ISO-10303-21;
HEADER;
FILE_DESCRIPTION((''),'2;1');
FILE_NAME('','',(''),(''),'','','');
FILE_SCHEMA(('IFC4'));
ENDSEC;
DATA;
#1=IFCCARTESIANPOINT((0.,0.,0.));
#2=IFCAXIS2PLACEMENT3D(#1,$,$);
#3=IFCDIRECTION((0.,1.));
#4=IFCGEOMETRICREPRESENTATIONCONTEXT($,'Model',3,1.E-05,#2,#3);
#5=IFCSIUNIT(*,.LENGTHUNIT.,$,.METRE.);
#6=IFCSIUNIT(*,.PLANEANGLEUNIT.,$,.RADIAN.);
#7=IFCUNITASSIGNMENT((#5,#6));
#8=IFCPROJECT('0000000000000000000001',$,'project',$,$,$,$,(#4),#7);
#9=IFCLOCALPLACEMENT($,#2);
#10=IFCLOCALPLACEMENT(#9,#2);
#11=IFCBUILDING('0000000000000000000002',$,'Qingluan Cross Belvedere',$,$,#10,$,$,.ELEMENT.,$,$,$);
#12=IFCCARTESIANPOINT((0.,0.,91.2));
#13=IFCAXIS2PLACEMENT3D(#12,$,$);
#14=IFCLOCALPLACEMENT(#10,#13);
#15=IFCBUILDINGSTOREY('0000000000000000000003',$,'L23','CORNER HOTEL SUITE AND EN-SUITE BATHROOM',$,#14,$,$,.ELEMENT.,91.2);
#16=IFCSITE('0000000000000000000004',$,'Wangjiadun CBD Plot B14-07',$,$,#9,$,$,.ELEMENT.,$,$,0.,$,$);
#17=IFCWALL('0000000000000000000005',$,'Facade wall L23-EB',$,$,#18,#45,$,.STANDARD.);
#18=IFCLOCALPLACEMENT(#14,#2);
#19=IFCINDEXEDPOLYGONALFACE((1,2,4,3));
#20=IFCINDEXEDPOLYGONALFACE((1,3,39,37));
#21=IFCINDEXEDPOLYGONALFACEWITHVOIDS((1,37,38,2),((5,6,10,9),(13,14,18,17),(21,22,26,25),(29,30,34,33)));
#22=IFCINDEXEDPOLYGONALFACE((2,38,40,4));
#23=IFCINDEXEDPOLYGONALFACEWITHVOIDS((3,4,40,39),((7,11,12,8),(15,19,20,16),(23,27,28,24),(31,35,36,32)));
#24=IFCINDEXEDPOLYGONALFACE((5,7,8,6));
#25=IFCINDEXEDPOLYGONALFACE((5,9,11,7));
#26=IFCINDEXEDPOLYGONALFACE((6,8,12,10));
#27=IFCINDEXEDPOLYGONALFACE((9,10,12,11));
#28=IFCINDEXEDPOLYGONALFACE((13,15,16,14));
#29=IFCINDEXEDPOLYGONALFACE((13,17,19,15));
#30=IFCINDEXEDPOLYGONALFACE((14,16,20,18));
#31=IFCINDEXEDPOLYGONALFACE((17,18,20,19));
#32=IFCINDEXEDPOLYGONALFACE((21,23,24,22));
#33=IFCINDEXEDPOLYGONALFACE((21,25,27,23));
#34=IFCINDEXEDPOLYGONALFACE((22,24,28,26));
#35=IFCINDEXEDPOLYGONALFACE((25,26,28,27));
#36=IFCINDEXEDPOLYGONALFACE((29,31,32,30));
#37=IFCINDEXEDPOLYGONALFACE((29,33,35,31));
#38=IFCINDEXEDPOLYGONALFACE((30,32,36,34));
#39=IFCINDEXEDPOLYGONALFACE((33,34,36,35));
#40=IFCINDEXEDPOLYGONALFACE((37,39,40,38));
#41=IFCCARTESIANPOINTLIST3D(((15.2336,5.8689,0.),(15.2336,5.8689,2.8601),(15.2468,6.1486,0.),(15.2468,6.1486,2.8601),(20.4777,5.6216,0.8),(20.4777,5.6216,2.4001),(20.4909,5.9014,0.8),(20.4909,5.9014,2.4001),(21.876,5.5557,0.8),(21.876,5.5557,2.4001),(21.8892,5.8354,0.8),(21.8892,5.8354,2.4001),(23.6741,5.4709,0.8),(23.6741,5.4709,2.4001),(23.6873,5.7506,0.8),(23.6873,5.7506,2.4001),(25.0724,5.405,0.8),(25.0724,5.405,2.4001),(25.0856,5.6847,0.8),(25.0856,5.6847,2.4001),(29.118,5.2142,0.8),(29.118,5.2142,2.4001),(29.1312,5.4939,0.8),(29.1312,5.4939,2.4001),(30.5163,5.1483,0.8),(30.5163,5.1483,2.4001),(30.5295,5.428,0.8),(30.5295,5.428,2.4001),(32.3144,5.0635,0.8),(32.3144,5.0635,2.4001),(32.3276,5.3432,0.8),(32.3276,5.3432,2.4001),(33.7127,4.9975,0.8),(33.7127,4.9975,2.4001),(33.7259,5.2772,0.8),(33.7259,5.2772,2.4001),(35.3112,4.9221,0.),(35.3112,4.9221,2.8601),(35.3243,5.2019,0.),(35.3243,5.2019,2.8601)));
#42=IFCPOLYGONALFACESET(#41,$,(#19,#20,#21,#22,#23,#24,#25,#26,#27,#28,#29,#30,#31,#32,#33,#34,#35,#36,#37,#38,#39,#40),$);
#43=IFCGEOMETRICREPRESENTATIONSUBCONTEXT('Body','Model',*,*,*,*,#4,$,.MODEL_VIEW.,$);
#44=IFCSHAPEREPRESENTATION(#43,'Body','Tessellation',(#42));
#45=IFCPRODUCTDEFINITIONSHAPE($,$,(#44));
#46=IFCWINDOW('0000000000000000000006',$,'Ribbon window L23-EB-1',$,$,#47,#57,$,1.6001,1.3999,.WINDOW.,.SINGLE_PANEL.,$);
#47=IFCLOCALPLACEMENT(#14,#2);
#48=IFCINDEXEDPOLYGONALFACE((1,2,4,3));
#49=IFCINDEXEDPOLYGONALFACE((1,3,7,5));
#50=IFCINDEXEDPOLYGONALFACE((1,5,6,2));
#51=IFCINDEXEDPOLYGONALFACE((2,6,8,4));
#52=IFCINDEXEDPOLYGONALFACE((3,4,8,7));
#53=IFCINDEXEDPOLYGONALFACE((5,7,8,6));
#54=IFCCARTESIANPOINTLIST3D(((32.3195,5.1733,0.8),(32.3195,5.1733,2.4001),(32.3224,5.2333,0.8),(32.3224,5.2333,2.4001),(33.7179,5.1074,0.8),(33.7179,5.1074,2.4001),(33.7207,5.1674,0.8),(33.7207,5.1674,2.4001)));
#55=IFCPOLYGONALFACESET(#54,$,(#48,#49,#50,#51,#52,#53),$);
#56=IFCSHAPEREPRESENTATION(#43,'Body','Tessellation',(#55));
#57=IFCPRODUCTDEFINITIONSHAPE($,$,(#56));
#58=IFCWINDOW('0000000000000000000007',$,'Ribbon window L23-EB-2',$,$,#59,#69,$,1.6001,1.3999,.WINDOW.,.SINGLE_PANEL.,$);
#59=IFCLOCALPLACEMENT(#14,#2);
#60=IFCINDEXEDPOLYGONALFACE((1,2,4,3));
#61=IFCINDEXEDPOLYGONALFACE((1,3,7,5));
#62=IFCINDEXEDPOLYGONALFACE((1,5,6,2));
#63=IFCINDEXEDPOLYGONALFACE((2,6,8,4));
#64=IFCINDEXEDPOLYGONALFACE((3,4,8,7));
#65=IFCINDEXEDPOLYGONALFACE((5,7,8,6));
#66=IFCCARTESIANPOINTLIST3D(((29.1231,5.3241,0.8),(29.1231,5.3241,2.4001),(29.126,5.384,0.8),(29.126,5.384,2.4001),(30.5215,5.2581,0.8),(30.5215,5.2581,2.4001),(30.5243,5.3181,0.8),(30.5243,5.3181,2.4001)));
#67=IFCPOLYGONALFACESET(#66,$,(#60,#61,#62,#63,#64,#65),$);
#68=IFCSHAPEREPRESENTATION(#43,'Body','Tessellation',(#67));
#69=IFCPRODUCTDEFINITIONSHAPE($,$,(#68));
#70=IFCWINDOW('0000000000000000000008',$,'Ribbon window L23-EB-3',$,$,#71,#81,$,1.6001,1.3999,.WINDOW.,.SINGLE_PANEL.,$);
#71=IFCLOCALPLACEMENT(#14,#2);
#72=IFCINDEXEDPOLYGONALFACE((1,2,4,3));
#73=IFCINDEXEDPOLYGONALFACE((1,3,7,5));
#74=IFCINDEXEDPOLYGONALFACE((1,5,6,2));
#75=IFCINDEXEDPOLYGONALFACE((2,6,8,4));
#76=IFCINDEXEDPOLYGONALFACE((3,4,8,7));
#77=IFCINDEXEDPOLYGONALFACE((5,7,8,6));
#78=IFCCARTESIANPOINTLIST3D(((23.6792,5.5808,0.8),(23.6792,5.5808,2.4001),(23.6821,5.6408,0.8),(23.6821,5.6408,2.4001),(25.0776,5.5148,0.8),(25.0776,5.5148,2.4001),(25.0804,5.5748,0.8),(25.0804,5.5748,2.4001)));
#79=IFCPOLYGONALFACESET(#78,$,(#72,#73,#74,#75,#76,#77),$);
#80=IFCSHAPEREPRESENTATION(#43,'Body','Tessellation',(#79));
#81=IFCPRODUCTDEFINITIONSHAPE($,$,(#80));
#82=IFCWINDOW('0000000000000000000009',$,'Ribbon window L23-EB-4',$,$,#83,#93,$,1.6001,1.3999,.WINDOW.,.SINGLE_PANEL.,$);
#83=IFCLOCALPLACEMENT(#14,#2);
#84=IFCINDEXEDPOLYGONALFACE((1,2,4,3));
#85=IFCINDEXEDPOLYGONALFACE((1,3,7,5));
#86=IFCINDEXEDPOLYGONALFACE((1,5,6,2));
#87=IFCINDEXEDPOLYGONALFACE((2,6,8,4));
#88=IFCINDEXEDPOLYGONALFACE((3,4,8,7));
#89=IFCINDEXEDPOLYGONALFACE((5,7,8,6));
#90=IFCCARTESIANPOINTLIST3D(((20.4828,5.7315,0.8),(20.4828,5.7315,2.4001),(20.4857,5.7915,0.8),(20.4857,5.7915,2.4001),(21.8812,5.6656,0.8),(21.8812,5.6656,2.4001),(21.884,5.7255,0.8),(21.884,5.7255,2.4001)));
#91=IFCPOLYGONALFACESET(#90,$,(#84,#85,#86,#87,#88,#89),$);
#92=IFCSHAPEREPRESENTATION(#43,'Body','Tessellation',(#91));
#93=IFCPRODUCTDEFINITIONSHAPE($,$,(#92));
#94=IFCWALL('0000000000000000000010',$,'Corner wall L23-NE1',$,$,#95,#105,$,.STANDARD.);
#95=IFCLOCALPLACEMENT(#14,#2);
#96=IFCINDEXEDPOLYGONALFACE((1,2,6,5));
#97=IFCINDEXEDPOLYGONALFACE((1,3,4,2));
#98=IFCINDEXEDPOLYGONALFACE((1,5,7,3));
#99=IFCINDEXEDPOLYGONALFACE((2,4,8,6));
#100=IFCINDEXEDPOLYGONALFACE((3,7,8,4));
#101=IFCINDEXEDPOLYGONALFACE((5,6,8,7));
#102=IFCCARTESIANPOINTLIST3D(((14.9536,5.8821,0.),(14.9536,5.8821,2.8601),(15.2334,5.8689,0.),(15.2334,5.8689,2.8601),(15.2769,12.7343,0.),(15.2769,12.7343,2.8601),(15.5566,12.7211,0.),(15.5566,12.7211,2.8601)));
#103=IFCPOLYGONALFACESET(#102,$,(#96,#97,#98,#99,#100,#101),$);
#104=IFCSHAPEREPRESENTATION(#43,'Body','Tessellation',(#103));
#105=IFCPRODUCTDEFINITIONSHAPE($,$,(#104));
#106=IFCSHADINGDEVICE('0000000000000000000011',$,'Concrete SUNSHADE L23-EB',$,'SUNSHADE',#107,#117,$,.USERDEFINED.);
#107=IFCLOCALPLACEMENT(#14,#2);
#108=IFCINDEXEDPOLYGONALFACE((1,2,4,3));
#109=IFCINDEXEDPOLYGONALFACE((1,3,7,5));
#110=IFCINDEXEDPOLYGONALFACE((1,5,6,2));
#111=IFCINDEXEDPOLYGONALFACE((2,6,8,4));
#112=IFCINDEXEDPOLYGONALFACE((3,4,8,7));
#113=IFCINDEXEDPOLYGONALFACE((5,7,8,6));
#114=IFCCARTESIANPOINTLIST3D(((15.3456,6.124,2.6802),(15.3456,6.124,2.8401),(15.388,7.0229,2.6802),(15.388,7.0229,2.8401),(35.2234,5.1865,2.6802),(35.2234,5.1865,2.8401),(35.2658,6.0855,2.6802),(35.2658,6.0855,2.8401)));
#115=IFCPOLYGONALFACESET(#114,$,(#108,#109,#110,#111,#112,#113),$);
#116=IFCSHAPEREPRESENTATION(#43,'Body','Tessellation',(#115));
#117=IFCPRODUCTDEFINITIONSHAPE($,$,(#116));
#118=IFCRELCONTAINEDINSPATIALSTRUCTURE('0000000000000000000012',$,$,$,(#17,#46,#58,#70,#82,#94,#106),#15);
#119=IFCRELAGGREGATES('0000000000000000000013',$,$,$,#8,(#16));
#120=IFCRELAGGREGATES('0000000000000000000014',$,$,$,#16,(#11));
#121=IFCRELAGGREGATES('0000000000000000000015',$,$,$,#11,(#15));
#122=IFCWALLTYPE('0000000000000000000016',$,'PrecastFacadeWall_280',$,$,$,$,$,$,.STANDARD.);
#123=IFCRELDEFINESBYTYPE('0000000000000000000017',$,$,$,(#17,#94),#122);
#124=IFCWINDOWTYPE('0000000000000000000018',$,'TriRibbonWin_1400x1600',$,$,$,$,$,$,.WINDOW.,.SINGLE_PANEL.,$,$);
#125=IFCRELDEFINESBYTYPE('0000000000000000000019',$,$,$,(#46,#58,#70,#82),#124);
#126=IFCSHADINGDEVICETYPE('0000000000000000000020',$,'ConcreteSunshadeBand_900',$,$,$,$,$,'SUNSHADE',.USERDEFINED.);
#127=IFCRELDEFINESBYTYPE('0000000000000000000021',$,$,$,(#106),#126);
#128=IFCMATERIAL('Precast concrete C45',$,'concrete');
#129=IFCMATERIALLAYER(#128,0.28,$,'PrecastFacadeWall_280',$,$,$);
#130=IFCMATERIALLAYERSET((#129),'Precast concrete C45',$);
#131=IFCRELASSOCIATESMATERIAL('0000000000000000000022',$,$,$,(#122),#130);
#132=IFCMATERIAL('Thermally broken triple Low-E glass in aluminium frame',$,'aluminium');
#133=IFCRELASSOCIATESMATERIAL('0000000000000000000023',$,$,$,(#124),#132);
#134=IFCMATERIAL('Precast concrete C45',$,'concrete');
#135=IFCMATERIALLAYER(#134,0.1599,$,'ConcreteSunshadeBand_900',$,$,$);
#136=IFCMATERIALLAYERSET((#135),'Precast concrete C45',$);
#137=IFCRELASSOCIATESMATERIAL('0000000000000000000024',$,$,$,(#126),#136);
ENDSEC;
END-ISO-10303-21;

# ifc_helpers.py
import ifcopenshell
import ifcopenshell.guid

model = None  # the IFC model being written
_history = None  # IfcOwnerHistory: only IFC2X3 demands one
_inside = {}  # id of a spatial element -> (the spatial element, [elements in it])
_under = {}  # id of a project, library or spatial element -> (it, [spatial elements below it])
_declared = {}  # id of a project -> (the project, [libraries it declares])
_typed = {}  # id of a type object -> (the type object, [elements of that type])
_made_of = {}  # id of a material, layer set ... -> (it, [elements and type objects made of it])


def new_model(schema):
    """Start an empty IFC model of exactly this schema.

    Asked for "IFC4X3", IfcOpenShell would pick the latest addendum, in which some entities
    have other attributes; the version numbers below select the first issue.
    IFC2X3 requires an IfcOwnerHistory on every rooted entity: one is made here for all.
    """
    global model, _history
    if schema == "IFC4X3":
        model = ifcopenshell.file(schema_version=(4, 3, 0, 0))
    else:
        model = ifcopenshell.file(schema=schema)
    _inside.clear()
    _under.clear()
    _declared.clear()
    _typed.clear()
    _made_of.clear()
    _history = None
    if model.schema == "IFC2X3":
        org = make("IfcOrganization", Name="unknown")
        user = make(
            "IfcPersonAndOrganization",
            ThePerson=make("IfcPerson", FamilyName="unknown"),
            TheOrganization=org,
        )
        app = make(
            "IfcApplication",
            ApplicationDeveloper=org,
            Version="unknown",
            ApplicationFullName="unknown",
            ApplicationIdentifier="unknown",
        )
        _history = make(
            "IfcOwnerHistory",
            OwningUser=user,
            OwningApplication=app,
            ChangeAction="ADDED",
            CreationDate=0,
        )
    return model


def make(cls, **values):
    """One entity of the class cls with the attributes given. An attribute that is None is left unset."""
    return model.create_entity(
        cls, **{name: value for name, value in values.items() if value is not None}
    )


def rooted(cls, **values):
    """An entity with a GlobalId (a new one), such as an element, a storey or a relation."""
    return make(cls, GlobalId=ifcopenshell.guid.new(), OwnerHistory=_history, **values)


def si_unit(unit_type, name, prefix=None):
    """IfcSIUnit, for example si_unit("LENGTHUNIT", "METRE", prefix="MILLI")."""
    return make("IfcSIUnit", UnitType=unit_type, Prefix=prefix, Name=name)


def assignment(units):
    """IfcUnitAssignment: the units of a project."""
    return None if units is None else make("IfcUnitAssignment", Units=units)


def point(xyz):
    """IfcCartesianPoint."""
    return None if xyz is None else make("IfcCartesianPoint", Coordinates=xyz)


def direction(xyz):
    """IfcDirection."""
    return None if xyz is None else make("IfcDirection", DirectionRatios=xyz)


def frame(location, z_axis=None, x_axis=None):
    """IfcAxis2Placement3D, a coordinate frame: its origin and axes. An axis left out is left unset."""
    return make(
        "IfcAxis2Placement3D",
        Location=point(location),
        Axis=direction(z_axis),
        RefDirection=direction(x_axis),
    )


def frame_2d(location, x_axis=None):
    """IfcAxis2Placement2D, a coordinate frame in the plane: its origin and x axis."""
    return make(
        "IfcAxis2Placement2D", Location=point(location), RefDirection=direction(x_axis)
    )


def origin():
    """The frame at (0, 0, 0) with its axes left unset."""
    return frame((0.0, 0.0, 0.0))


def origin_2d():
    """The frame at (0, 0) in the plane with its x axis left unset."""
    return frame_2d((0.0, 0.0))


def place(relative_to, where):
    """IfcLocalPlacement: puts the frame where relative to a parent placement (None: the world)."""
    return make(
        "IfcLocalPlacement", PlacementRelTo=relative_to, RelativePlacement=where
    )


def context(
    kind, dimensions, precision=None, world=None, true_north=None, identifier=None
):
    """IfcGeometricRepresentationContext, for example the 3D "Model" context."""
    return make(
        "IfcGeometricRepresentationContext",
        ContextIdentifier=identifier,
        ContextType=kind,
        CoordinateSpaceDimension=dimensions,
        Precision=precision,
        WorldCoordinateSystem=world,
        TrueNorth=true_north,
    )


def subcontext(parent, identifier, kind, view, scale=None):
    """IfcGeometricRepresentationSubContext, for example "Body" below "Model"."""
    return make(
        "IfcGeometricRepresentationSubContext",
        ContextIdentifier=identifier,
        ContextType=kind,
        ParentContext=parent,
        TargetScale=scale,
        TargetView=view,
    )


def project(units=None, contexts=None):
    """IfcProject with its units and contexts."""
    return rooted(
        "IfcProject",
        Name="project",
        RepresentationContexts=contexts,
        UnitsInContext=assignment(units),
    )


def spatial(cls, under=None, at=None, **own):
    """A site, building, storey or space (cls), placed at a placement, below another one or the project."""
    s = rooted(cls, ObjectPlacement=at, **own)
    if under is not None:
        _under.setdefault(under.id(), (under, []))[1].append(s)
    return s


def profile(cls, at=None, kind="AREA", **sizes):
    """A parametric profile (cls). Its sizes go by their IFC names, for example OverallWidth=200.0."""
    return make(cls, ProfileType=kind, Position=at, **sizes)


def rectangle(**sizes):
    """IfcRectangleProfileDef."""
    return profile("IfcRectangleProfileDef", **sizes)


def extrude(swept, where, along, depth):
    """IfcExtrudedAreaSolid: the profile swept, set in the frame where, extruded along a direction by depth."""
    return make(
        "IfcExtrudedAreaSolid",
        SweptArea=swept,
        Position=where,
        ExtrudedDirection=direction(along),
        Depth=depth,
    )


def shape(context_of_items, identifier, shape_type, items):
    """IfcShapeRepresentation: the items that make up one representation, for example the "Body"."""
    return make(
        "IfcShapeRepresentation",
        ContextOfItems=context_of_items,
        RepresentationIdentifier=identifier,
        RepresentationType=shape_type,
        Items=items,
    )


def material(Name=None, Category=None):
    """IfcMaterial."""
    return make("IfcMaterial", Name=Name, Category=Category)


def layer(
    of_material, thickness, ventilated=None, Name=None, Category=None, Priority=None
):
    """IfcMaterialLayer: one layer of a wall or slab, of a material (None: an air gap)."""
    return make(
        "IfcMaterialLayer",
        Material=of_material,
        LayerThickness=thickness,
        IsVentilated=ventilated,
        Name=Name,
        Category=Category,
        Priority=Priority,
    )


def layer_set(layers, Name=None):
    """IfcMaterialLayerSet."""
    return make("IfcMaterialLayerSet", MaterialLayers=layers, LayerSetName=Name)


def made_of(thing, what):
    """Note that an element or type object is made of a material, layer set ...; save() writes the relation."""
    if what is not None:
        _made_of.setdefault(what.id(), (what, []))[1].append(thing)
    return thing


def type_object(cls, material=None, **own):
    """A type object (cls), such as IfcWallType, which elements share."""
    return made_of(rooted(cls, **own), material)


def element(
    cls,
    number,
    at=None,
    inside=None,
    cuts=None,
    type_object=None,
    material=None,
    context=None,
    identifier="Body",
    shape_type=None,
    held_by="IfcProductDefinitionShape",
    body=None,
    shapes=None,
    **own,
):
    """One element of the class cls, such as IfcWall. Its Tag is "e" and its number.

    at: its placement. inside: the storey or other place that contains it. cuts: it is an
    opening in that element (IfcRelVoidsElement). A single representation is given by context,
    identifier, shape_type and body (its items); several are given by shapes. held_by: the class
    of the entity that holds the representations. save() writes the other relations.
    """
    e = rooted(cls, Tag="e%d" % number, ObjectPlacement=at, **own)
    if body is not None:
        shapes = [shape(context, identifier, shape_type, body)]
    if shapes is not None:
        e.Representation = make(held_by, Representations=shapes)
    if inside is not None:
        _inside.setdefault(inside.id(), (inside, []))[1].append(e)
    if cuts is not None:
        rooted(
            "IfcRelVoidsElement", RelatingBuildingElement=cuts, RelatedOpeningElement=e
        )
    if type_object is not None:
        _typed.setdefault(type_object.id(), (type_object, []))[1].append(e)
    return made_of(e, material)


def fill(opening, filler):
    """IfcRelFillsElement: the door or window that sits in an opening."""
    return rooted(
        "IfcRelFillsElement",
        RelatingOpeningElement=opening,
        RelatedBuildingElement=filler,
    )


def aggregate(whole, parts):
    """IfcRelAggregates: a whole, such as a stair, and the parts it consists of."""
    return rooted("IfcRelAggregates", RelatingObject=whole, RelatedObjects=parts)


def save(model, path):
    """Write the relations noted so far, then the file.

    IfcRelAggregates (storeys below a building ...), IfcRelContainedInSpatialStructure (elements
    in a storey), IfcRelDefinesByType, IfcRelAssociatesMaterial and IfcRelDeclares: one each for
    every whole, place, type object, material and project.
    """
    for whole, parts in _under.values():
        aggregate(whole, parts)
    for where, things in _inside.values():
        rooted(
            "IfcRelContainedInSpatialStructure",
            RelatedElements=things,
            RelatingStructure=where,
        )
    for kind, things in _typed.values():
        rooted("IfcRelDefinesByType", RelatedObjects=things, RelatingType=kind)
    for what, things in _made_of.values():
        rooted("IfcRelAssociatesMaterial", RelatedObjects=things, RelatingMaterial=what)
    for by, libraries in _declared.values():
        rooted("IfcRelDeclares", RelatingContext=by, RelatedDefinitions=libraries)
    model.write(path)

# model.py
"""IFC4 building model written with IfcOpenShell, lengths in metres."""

from ifc_helpers import new_model, si_unit, direction, frame, frame_2d, origin, origin_2d, place, context, subcontext, project, spatial, rectangle, extrude, material, layer, layer_set, type_object, element, fill, save


model = new_model("IFC4")

# Units and contexts
model_context = context("Model", 3, precision=1e-05, world=origin(), true_north=direction((0.0, 1.0)))
body_context = subcontext(model_context, "Body", "Model", "MODEL_VIEW")
ifc_project = project(units=[si_unit("LENGTHUNIT", "METRE"), si_unit("PLANEANGLEUNIT", "RADIAN")], contexts=[model_context])

# Site, building, storey
site_placement = place(None, origin())
site = spatial("IfcSite", under=ifc_project, at=site_placement, Name="Wangjiadun CBD Plot B14-07", CompositionType="ELEMENT", RefElevation=0.0)
building_placement = place(site_placement, origin())
building = spatial("IfcBuilding", under=site, at=building_placement, Name="Qingluan Cross Belvedere", CompositionType="ELEMENT")
storey_placement = place(building_placement, frame((0.0, 0.0, 91.2)))
storey = spatial("IfcBuildingStorey", under=building, at=storey_placement, Name="L23", Description="CORNER HOTEL SUITE AND EN-SUITE BATHROOM", CompositionType="ELEMENT", Elevation=91.2)

# Wall, openings, windows
ifc_material_1 = material(Name="Precast concrete C45", Category="concrete")
ifc_layer_1 = layer(ifc_material_1, 0.28, Name="PrecastFacadeWall_280")
ifc_layer_set_1 = layer_set([ifc_layer_1], Name="Precast concrete C45")
wall_type_1 = type_object("IfcWallType", Name="PrecastFacadeWall_280", PredefinedType="STANDARD", material=ifc_layer_set_1)
wall_1_placement = place(storey_placement, frame((35.3176, 5.062, 0.0), z_axis=(0.0, 0.0, 1.0), x_axis=(-0.99889, 0.047103, 0.0)))
wall_1 = element("IfcWall", 1, at=wall_1_placement, inside=storey, type_object=wall_type_1, Name="Facade wall L23-EB", PredefinedType="STANDARD", context=body_context, shape_type="SweptSolid", body=[
    extrude(rectangle(XDim=20.0999, YDim=0.28, at=frame_2d((10.0498, 0.0))), origin(), (0.0, 0.0, 1.0), 2.8601),
])
opening_1_placement = place(wall_1_placement, frame((1.6001, 0.0, 0.8)))
opening_1 = element("IfcOpeningElement", 2, at=opening_1_placement, cuts=wall_1, PredefinedType="OPENING", context=body_context, shape_type="SweptSolid", body=[
    extrude(rectangle(XDim=1.3999, YDim=1.6001, at=frame_2d((0.7, 0.8))), frame((0.0, 0.1499, 0.0), z_axis=(0.0, -1.0, 0.0), x_axis=(1.0, 0.0, 0.0)), (0.0, 0.0, 1.0), 0.3),
])
opening_2_placement = place(wall_1_placement, frame((4.8, 0.0, 0.8)))
opening_2 = element("IfcOpeningElement", 3, at=opening_2_placement, cuts=wall_1, PredefinedType="OPENING", context=body_context, shape_type="SweptSolid", body=[
    extrude(rectangle(XDim=1.3999, YDim=1.6001, at=frame_2d((0.7, 0.8))), frame((0.0, 0.1499, 0.0), z_axis=(0.0, -1.0, 0.0), x_axis=(1.0, 0.0, 0.0)), (0.0, 0.0, 1.0), 0.3),
])
opening_3_placement = place(wall_1_placement, frame((10.25, 0.0, 0.8)))
opening_3 = element("IfcOpeningElement", 4, at=opening_3_placement, cuts=wall_1, PredefinedType="OPENING", context=body_context, shape_type="SweptSolid", body=[
    extrude(rectangle(XDim=1.3999, YDim=1.6001, at=frame_2d((0.7, 0.8))), frame((0.0, 0.1499, 0.0), z_axis=(0.0, -1.0, 0.0), x_axis=(1.0, 0.0, 0.0)), (0.0, 0.0, 1.0), 0.3),
])
opening_4_placement = place(wall_1_placement, frame((13.45, 0.0, 0.8)))
opening_4 = element("IfcOpeningElement", 5, at=opening_4_placement, cuts=wall_1, PredefinedType="OPENING", context=body_context, shape_type="SweptSolid", body=[
    extrude(rectangle(XDim=1.3999, YDim=1.6001, at=frame_2d((0.7, 0.8))), frame((0.0, 0.1499, 0.0), z_axis=(0.0, -1.0, 0.0), x_axis=(1.0, 0.0, 0.0)), (0.0, 0.0, 1.0), 0.3),
])
ifc_material_2 = material(Name="Thermally broken triple Low-E glass in aluminium frame", Category="aluminium")
window_type = type_object("IfcWindowType", Name="TriRibbonWin_1400x1600", PartitioningType="SINGLE_PANEL", PredefinedType="WINDOW", material=ifc_material_2)
window_1_placement = place(opening_1_placement, origin())
window_1 = element("IfcWindow", 6, at=window_1_placement, inside=storey, type_object=window_type, Name="Ribbon window L23-EB-1", OverallHeight=1.6001, OverallWidth=1.3999, PartitioningType="SINGLE_PANEL", PredefinedType="WINDOW", context=body_context, shape_type="SweptSolid", body=[
    extrude(rectangle(XDim=1.3999, YDim=1.6001, at=frame_2d((0.7, 0.8))), frame((0.0, 0.03, 0.0), z_axis=(0.0, -1.0, 0.0), x_axis=(1.0, 0.0, 0.0)), (0.0, 0.0, 1.0), 0.0601),
])
fill(opening_1, window_1)
window_2_placement = place(opening_2_placement, origin())
window_2 = element("IfcWindow", 7, at=window_2_placement, inside=storey, type_object=window_type, Name="Ribbon window L23-EB-2", OverallHeight=1.6001, OverallWidth=1.3999, PartitioningType="SINGLE_PANEL", PredefinedType="WINDOW", context=body_context, shape_type="SweptSolid", body=[
    extrude(rectangle(XDim=1.3999, YDim=1.6001, at=frame_2d((0.7, 0.8))), frame((0.0, 0.03, 0.0), z_axis=(0.0, -1.0, 0.0), x_axis=(1.0, 0.0, 0.0)), (0.0, 0.0, 1.0), 0.0601),
])
fill(opening_2, window_2)
window_3_placement = place(opening_3_placement, origin())
window_3 = element("IfcWindow", 8, at=window_3_placement, inside=storey, type_object=window_type, Name="Ribbon window L23-EB-3", OverallHeight=1.6001, OverallWidth=1.3999, PartitioningType="SINGLE_PANEL", PredefinedType="WINDOW", context=body_context, shape_type="SweptSolid", body=[
    extrude(rectangle(XDim=1.3999, YDim=1.6001, at=frame_2d((0.7, 0.8))), frame((0.0, 0.03, 0.0), z_axis=(0.0, -1.0, 0.0), x_axis=(1.0, 0.0, 0.0)), (0.0, 0.0, 1.0), 0.0601),
])
fill(opening_3, window_3)
window_4_placement = place(opening_4_placement, origin())
window_4 = element("IfcWindow", 9, at=window_4_placement, inside=storey, type_object=window_type, Name="Ribbon window L23-EB-4", OverallHeight=1.6001, OverallWidth=1.3999, PartitioningType="SINGLE_PANEL", PredefinedType="WINDOW", context=body_context, shape_type="SweptSolid", body=[
    extrude(rectangle(XDim=1.3999, YDim=1.6001, at=frame_2d((0.7, 0.8))), frame((0.0, 0.03, 0.0), z_axis=(0.0, -1.0, 0.0), x_axis=(1.0, 0.0, 0.0)), (0.0, 0.0, 1.0), 0.0601),
])
fill(opening_4, window_4)

# Wall
wall_2_placement = place(storey_placement, frame((15.0935, 5.8755, 0.0), z_axis=(0.0, 0.0, 1.0), x_axis=(0.04712, 0.998889, 0.0)))
element("IfcWall", 10, at=wall_2_placement, inside=storey, type_object=wall_type_1, Name="Corner wall L23-NE1", PredefinedType="STANDARD", context=body_context, shape_type="SweptSolid", body=[
    extrude(rectangle(XDim=6.8599, YDim=0.28, at=frame_2d((3.4299, 0.0))), origin(), (0.0, 0.0, 1.0), 2.8601),
])

# Shading device
ifc_material_3 = material(Name="Precast concrete C45", Category="concrete")
ifc_layer_2 = layer(ifc_material_3, 0.1599, Name="ConcreteSunshadeBand_900")
ifc_layer_set_2 = layer_set([ifc_layer_2], Name="Precast concrete C45")
shading_device_type = type_object("IfcShadingDeviceType", Name="ConcreteSunshadeBand_900", ElementType="SUNSHADE", PredefinedType="USERDEFINED", material=ifc_layer_set_2)
shading_device_placement = place(storey_placement, frame((25.3057, 6.1047, 2.6802), z_axis=(0.0, 0.0, 1.0), x_axis=(-0.99889, 0.047109, 0.0)))
element("IfcShadingDevice", 11, at=shading_device_placement, inside=storey, type_object=shading_device_type, Name="Concrete SUNSHADE L23-EB", ObjectType="SUNSHADE", PredefinedType="USERDEFINED", context=body_context, shape_type="SweptSolid", body=[
    extrude(rectangle(XDim=19.8999, YDim=0.8999, at=origin_2d()), origin(), (0.0, 0.0, 1.0), 0.1599),
])

save(model, "model.ifc")
